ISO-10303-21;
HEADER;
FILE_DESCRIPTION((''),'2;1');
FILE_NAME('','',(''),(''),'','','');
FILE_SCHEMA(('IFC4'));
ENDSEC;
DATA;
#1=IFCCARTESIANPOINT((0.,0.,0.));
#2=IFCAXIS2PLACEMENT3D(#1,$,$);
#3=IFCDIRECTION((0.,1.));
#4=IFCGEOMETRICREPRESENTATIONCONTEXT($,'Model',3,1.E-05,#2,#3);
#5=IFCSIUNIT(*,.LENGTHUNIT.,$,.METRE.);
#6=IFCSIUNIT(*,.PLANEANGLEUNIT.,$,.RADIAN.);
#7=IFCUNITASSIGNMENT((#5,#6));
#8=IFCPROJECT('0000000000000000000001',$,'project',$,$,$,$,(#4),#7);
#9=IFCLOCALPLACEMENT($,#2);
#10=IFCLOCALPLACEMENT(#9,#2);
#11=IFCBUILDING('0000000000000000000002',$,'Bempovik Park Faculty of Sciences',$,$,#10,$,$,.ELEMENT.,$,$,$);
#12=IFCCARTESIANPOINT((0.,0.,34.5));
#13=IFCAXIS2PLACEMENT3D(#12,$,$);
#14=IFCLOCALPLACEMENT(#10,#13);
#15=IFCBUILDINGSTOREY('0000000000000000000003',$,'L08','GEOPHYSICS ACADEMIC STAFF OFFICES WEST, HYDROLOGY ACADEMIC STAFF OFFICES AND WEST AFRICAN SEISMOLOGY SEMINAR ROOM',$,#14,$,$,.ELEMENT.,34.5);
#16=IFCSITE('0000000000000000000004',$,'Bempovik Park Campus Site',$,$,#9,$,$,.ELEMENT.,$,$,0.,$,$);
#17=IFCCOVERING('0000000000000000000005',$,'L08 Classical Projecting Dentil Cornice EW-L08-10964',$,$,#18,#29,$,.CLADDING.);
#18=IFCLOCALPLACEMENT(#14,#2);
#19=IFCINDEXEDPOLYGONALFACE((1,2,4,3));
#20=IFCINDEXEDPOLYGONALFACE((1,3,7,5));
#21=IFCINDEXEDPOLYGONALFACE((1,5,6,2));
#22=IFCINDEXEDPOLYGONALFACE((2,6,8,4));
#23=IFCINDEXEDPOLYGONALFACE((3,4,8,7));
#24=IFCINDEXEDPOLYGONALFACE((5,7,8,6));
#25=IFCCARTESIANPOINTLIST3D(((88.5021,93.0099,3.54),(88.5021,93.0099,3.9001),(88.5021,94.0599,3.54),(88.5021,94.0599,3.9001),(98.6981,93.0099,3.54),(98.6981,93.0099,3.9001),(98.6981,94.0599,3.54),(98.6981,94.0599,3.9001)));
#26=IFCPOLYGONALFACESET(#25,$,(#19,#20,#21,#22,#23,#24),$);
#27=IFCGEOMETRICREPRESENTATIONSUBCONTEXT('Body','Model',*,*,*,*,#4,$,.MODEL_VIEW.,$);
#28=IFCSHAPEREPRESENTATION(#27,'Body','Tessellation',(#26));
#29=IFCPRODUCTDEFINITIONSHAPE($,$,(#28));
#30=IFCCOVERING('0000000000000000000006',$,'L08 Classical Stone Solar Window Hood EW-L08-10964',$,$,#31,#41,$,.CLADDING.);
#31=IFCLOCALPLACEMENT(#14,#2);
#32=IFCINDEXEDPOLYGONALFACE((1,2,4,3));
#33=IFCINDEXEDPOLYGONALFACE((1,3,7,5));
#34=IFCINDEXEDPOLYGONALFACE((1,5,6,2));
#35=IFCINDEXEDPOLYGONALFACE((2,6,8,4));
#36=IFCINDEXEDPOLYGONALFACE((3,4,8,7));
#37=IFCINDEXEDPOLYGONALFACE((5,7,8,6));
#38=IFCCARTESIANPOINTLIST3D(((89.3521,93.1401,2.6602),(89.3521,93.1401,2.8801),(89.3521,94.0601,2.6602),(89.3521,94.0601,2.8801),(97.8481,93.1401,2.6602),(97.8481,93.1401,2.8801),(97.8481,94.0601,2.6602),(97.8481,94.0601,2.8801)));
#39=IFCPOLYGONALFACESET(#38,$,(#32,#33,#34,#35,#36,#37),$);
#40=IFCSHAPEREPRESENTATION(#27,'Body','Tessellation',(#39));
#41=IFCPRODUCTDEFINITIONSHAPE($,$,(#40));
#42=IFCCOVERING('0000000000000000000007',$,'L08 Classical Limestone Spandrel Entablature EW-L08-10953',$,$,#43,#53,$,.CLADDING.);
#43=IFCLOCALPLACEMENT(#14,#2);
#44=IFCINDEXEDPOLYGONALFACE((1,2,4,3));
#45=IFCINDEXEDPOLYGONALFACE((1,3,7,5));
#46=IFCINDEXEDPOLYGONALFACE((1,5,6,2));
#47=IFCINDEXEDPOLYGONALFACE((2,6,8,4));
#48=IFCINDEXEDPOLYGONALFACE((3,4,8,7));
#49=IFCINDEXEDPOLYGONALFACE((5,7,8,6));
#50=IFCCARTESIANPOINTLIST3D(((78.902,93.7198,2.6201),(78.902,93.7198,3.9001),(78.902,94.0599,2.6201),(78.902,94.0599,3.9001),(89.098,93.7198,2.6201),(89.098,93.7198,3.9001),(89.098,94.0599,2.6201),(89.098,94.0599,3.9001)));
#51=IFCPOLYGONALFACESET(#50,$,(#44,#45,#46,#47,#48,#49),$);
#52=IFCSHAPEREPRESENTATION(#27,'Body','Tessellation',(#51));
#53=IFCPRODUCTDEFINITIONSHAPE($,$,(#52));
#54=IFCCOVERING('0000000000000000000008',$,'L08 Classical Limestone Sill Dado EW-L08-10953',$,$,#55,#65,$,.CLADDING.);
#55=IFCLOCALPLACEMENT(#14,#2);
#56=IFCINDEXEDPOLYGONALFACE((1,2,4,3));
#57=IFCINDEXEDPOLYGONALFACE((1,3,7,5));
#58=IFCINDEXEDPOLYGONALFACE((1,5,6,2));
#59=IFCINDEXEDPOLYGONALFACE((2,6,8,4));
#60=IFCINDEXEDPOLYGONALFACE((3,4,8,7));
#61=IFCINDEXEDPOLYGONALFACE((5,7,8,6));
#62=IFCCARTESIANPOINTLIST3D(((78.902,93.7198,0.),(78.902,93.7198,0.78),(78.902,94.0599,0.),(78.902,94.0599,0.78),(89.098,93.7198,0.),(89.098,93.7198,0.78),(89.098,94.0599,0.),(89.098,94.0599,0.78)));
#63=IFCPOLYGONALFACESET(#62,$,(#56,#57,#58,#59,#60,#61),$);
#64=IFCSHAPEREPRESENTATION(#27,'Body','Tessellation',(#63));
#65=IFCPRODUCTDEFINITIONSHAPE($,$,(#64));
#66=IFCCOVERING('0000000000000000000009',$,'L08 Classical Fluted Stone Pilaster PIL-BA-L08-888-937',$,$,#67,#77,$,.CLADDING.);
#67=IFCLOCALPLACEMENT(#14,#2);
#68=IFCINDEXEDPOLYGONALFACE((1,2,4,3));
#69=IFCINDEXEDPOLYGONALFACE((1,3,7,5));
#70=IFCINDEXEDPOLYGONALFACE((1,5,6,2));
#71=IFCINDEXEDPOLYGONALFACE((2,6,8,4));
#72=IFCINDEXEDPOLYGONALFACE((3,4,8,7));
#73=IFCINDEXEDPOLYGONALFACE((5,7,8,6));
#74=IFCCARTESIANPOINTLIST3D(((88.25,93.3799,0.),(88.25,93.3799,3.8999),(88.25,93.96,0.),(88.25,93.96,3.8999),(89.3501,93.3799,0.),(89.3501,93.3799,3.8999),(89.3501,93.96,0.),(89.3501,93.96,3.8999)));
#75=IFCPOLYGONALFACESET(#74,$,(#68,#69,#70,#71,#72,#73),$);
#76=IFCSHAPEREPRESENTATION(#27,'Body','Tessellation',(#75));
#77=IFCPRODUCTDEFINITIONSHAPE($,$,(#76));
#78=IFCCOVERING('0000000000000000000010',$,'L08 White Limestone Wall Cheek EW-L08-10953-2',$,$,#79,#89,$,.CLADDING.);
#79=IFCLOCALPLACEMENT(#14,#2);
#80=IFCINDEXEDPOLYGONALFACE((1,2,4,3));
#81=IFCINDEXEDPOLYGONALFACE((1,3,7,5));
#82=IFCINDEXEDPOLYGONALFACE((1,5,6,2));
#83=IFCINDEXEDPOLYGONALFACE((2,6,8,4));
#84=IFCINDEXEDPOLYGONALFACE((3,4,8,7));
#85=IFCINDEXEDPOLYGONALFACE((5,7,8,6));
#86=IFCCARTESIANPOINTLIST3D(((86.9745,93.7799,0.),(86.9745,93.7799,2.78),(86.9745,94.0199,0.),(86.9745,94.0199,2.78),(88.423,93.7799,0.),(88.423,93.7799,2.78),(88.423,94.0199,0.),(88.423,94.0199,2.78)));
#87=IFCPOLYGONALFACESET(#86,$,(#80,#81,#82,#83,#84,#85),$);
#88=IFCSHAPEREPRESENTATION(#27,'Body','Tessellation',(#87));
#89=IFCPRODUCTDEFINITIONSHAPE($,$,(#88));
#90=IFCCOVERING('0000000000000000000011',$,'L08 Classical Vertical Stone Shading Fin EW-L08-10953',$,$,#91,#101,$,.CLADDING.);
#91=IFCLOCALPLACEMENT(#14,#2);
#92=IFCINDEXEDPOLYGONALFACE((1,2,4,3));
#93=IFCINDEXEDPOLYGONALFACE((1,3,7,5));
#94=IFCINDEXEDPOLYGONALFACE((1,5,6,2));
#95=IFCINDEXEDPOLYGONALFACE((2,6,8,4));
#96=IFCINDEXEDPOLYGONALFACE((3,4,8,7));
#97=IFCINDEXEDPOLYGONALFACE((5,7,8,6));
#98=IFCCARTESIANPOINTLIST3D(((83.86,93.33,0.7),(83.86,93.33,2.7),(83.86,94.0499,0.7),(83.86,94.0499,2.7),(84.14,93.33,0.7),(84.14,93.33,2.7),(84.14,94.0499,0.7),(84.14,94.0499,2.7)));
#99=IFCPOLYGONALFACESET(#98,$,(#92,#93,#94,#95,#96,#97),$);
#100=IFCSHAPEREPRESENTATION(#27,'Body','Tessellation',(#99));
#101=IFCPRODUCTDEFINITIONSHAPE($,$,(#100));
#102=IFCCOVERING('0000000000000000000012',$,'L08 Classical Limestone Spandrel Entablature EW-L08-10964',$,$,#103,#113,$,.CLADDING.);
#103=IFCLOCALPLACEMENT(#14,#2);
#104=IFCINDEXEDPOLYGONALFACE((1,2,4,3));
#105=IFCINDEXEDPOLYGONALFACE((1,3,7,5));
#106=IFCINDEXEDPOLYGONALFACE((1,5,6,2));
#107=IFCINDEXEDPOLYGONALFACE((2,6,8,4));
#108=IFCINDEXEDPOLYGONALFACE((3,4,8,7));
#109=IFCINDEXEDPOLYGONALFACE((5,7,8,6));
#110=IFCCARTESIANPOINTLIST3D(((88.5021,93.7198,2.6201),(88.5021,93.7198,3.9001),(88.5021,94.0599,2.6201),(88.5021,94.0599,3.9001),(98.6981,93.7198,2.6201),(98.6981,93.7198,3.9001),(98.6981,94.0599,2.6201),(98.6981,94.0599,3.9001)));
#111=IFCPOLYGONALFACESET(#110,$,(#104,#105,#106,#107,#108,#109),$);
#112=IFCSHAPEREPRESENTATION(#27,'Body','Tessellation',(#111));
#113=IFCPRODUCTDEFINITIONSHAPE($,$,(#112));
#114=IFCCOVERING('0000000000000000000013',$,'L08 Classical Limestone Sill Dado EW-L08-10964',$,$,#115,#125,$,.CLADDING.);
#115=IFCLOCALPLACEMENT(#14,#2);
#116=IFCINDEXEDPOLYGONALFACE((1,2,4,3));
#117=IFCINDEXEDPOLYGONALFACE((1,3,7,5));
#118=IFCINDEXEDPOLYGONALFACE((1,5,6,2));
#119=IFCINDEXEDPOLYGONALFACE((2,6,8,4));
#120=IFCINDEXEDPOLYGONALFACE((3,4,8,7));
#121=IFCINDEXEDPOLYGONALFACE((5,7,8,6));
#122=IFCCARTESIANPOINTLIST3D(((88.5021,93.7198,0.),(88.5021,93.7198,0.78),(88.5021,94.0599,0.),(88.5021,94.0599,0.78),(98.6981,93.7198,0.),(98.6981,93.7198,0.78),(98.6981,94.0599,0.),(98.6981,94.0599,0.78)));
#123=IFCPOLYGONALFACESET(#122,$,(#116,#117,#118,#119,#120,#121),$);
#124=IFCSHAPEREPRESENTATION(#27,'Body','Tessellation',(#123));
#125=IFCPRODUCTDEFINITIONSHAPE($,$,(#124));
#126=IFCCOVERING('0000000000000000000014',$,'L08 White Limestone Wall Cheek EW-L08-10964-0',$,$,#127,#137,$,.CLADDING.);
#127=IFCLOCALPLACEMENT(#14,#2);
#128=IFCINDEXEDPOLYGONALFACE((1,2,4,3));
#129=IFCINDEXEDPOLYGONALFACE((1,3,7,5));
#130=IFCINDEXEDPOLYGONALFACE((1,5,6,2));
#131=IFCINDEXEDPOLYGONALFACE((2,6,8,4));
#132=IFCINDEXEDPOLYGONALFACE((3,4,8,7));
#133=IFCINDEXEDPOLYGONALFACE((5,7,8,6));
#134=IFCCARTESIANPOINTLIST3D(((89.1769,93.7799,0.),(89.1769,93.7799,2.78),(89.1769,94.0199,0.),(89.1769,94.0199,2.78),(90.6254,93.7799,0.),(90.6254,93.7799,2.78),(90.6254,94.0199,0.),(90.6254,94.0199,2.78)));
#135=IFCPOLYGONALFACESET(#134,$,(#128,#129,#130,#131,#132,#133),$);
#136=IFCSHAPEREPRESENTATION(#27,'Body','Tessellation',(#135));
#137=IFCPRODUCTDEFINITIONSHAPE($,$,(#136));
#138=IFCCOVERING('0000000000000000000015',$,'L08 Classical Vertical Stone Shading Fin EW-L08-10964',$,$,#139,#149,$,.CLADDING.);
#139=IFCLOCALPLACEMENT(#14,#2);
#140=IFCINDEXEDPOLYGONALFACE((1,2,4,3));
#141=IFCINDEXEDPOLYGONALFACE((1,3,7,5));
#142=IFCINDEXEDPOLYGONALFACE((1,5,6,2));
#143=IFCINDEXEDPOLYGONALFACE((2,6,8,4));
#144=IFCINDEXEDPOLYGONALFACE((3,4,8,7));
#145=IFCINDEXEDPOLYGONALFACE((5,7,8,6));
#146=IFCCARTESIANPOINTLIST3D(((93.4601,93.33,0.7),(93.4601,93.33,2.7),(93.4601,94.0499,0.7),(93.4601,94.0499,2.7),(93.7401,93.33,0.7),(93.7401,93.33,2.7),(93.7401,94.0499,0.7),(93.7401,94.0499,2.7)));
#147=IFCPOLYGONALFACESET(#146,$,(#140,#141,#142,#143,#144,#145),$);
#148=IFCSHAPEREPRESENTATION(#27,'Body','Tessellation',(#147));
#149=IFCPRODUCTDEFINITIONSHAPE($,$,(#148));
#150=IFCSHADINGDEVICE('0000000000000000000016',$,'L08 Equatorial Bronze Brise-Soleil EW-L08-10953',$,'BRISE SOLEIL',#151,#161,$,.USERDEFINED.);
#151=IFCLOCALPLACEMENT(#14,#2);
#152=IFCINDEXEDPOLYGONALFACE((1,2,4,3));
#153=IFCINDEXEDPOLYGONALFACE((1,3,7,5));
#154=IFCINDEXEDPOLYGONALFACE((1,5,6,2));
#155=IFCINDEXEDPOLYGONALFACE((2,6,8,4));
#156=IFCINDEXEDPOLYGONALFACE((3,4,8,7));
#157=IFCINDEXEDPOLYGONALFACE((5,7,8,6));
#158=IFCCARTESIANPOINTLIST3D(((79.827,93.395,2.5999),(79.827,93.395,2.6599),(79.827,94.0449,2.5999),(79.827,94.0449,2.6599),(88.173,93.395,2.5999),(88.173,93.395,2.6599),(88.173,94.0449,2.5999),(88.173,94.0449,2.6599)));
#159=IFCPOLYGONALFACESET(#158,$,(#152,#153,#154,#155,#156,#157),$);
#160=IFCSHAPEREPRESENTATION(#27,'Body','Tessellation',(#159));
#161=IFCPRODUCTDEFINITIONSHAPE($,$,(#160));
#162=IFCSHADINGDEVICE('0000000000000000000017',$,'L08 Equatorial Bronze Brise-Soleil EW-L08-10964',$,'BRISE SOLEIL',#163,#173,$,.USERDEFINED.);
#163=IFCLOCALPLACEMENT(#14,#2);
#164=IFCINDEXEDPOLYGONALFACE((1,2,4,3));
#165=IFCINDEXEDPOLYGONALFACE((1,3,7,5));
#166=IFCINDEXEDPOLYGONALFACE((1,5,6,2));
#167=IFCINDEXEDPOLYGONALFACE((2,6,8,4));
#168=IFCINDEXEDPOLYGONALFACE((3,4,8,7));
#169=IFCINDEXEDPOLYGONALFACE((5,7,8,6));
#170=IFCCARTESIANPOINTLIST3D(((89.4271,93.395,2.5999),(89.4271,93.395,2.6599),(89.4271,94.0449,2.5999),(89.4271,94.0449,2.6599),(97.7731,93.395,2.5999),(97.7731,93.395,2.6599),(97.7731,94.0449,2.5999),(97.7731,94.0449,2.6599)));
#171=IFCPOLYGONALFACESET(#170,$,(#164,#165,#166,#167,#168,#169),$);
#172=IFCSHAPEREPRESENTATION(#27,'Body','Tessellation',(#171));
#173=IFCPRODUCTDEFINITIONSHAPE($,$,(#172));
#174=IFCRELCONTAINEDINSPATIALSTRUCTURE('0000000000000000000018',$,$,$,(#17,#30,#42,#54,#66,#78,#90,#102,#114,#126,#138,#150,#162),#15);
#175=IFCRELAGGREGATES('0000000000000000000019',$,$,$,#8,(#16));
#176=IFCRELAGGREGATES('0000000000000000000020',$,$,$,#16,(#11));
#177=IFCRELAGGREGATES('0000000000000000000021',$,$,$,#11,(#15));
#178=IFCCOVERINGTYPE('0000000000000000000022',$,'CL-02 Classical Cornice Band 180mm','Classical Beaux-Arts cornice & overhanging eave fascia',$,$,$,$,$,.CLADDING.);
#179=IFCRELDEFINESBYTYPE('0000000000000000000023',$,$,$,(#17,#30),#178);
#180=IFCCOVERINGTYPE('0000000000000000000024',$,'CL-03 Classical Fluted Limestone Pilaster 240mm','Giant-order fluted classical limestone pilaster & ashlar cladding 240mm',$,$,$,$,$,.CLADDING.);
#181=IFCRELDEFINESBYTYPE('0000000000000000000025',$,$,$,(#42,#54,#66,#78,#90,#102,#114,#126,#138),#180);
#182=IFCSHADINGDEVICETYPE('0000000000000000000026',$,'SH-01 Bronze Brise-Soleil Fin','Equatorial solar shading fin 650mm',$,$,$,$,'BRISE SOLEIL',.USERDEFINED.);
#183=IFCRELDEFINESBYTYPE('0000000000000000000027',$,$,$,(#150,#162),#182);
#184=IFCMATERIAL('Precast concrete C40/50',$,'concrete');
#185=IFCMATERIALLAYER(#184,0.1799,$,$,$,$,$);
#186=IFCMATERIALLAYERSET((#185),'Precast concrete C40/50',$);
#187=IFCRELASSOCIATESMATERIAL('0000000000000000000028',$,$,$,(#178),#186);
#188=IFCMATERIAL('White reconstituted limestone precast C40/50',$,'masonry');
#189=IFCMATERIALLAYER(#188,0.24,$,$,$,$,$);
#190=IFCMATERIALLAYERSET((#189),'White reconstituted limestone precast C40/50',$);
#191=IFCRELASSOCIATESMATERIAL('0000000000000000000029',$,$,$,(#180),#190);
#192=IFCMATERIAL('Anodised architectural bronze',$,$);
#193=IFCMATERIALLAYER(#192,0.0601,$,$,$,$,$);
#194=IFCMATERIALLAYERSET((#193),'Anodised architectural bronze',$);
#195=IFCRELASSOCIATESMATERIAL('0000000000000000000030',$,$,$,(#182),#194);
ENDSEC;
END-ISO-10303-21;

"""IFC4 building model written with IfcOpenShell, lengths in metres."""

from ifc_helpers import new_model, si_unit, direction, frame, origin, origin_2d, place, context, subcontext, project, spatial, rectangle, extrude, material, layer, layer_set, type_object, element, save


model = new_model("IFC4")

# Units and contexts
model_context = context("Model", 3, precision=1e-05, world=origin(), true_north=direction((0.0, 1.0)))
body_context = subcontext(model_context, "Body", "Model", "MODEL_VIEW")
ifc_project = project(units=[si_unit("LENGTHUNIT", "METRE"), si_unit("PLANEANGLEUNIT", "RADIAN")], contexts=[model_context])

# Site, building, storey
site_placement = place(None, origin())
site = spatial("IfcSite", under=ifc_project, at=site_placement, Name="Bempovik Park Campus Site", CompositionType="ELEMENT", RefElevation=0.0)
building_placement = place(site_placement, origin())
building = spatial("IfcBuilding", under=site, at=building_placement, Name="Bempovik Park Faculty of Sciences", CompositionType="ELEMENT")
storey_placement = place(building_placement, frame((0.0, 0.0, 34.5)))
storey = spatial("IfcBuildingStorey", under=building, at=storey_placement, Name="L08", Description="GEOPHYSICS ACADEMIC STAFF OFFICES WEST, HYDROLOGY ACADEMIC STAFF OFFICES AND WEST AFRICAN SEISMOLOGY SEMINAR ROOM", CompositionType="ELEMENT", Elevation=34.5)

# Shared definitions
ifc_material_1 = material(Name="Precast concrete C40/50", Category="concrete")

# Coverings
ifc_layer_1 = layer(ifc_material_1, 0.1799)
ifc_layer_set_1 = layer_set([ifc_layer_1], Name="Precast concrete C40/50")
covering_type_1 = type_object("IfcCoveringType", Name="CL-02 Classical Cornice Band 180mm", Description="Classical Beaux-Arts cornice & overhanging eave fascia", PredefinedType="CLADDING", material=ifc_layer_set_1)
covering_1_placement = place(storey_placement, frame((93.6001, 93.5349, 3.54), z_axis=(0.0, 0.0, 1.0), x_axis=(1.0, 0.0, 0.0)))
element("IfcCovering", 1, at=covering_1_placement, inside=storey, type_object=covering_type_1, Name="L08 Classical Projecting Dentil Cornice EW-L08-10964", PredefinedType="CLADDING", context=body_context, shape_type="SweptSolid", body=[
    extrude(rectangle(XDim=10.196, YDim=1.05, at=origin_2d()), origin(), (0.0, 0.0, 1.0), 0.3601),
])
covering_2_placement = place(storey_placement, frame((93.6001, 93.6001, 2.6602), z_axis=(0.0, 0.0, 1.0), x_axis=(1.0, 0.0, 0.0)))
element("IfcCovering", 2, at=covering_2_placement, inside=storey, type_object=covering_type_1, Name="L08 Classical Stone Solar Window Hood EW-L08-10964", PredefinedType="CLADDING", context=body_context, shape_type="SweptSolid", body=[
    extrude(rectangle(XDim=8.4961, YDim=0.9199, at=origin_2d()), origin(), (0.0, 0.0, 1.0), 0.22),
])
ifc_material_2 = material(Name="White reconstituted limestone precast C40/50", Category="masonry")
ifc_layer_2 = layer(ifc_material_2, 0.24)
ifc_layer_set_2 = layer_set([ifc_layer_2], Name="White reconstituted limestone precast C40/50")
covering_type_2 = type_object("IfcCoveringType", Name="CL-03 Classical Fluted Limestone Pilaster 240mm", Description="Giant-order fluted classical limestone pilaster & ashlar cladding 240mm", PredefinedType="CLADDING", material=ifc_layer_set_2)
covering_3_placement = place(storey_placement, frame((84.0, 93.8899, 2.6201), z_axis=(0.0, 0.0, 1.0), x_axis=(1.0, 0.0, 0.0)))
element("IfcCovering", 3, at=covering_3_placement, inside=storey, type_object=covering_type_2, Name="L08 Classical Limestone Spandrel Entablature EW-L08-10953", PredefinedType="CLADDING", context=body_context, shape_type="SweptSolid", body=[
    extrude(rectangle(XDim=10.196, YDim=0.3401, at=origin_2d()), origin(), (0.0, 0.0, 1.0), 1.28),
])
covering_4_placement = place(storey_placement, frame((84.0, 93.8899, 0.0), z_axis=(0.0, 0.0, 1.0), x_axis=(1.0, 0.0, 0.0)))
element("IfcCovering", 4, at=covering_4_placement, inside=storey, type_object=covering_type_2, Name="L08 Classical Limestone Sill Dado EW-L08-10953", PredefinedType="CLADDING", context=body_context, shape_type="SweptSolid", body=[
    extrude(rectangle(XDim=10.196, YDim=0.3401, at=origin_2d()), origin(), (0.0, 0.0, 1.0), 0.78),
])
covering_5_placement = place(storey_placement, frame((88.8, 93.6699, 0.0), z_axis=(0.0, 0.0, 1.0), x_axis=(1.0, 0.0, 0.0)))
element("IfcCovering", 5, at=covering_5_placement, inside=storey, type_object=covering_type_2, Name="L08 Classical Fluted Stone Pilaster PIL-BA-L08-888-937", PredefinedType="CLADDING", context=body_context, shape_type="SweptSolid", body=[
    extrude(rectangle(XDim=1.1001, YDim=0.5801, at=origin_2d()), origin(), (0.0, 0.0, 1.0), 3.8999),
])
covering_6_placement = place(storey_placement, frame((87.6987, 93.8999, 0.0), z_axis=(0.0, 0.0, 1.0), x_axis=(1.0, 0.0, 0.0)))
element("IfcCovering", 6, at=covering_6_placement, inside=storey, type_object=covering_type_2, Name="L08 White Limestone Wall Cheek EW-L08-10953-2", PredefinedType="CLADDING", context=body_context, shape_type="SweptSolid", body=[
    extrude(rectangle(XDim=1.4485, YDim=0.24, at=origin_2d()), origin(), (0.0, 0.0, 1.0), 2.78),
])
covering_7_placement = place(storey_placement, frame((84.0, 93.6899, 0.7), z_axis=(0.0, 0.0, 1.0), x_axis=(1.0, 0.0, 0.0)))
element("IfcCovering", 7, at=covering_7_placement, inside=storey, type_object=covering_type_2, Name="L08 Classical Vertical Stone Shading Fin EW-L08-10953", PredefinedType="CLADDING", context=body_context, shape_type="SweptSolid", body=[
    extrude(rectangle(XDim=0.28, YDim=0.72, at=origin_2d()), origin(), (0.0, 0.0, 1.0), 2.0),
])
covering_8_placement = place(storey_placement, frame((93.6001, 93.8899, 2.6201), z_axis=(0.0, 0.0, 1.0), x_axis=(1.0, 0.0, 0.0)))
element("IfcCovering", 8, at=covering_8_placement, inside=storey, type_object=covering_type_2, Name="L08 Classical Limestone Spandrel Entablature EW-L08-10964", PredefinedType="CLADDING", context=body_context, shape_type="SweptSolid", body=[
    extrude(rectangle(XDim=10.196, YDim=0.3401, at=origin_2d()), origin(), (0.0, 0.0, 1.0), 1.28),
])
covering_9_placement = place(storey_placement, frame((93.6001, 93.8899, 0.0), z_axis=(0.0, 0.0, 1.0), x_axis=(1.0, 0.0, 0.0)))
element("IfcCovering", 9, at=covering_9_placement, inside=storey, type_object=covering_type_2, Name="L08 Classical Limestone Sill Dado EW-L08-10964", PredefinedType="CLADDING", context=body_context, shape_type="SweptSolid", body=[
    extrude(rectangle(XDim=10.196, YDim=0.3401, at=origin_2d()), origin(), (0.0, 0.0, 1.0), 0.78),
])
covering_10_placement = place(storey_placement, frame((89.9011, 93.8999, 0.0), z_axis=(0.0, 0.0, 1.0), x_axis=(1.0, 0.0, 0.0)))
element("IfcCovering", 10, at=covering_10_placement, inside=storey, type_object=covering_type_2, Name="L08 White Limestone Wall Cheek EW-L08-10964-0", PredefinedType="CLADDING", context=body_context, shape_type="SweptSolid", body=[
    extrude(rectangle(XDim=1.4485, YDim=0.24, at=origin_2d()), origin(), (0.0, 0.0, 1.0), 2.78),
])
covering_11_placement = place(storey_placement, frame((93.6001, 93.6899, 0.7), z_axis=(0.0, 0.0, 1.0), x_axis=(1.0, 0.0, 0.0)))
element("IfcCovering", 11, at=covering_11_placement, inside=storey, type_object=covering_type_2, Name="L08 Classical Vertical Stone Shading Fin EW-L08-10964", PredefinedType="CLADDING", context=body_context, shape_type="SweptSolid", body=[
    extrude(rectangle(XDim=0.28, YDim=0.72, at=origin_2d()), origin(), (0.0, 0.0, 1.0), 2.0),
])

# Shading devices
ifc_material_3 = material(Name="Anodised architectural bronze")
ifc_layer_3 = layer(ifc_material_3, 0.0601)
ifc_layer_set_3 = layer_set([ifc_layer_3], Name="Anodised architectural bronze")
shading_device_type = type_object("IfcShadingDeviceType", Name="SH-01 Bronze Brise-Soleil Fin", Description="Equatorial solar shading fin 650mm", ElementType="BRISE SOLEIL", PredefinedType="USERDEFINED", material=ifc_layer_set_3)
for number, where, z_axis, x_axis, name in (
    (12, (84.0, 93.72, 2.5999), (0.0, 0.0, 1.0), (1.0, 0.0, 0.0), "L08 Equatorial Bronze Brise-Soleil EW-L08-10953"),
    (13, (93.6001, 93.72, 2.5999), (0.0, 0.0, 1.0), (1.0, 0.0, 0.0), "L08 Equatorial Bronze Brise-Soleil EW-L08-10964"),
):
    element("IfcShadingDevice", number, at=place(storey_placement, frame(where, z_axis=z_axis, x_axis=x_axis)), inside=storey, type_object=shading_device_type, Name=name, ObjectType="BRISE SOLEIL", PredefinedType="USERDEFINED", context=body_context, shape_type="SweptSolid", body=[
        extrude(rectangle(XDim=8.3459, YDim=0.6499, at=origin_2d()), origin(), (0.0, 0.0, 1.0), 0.0601),
    ])

save(model, "model.ifc")
